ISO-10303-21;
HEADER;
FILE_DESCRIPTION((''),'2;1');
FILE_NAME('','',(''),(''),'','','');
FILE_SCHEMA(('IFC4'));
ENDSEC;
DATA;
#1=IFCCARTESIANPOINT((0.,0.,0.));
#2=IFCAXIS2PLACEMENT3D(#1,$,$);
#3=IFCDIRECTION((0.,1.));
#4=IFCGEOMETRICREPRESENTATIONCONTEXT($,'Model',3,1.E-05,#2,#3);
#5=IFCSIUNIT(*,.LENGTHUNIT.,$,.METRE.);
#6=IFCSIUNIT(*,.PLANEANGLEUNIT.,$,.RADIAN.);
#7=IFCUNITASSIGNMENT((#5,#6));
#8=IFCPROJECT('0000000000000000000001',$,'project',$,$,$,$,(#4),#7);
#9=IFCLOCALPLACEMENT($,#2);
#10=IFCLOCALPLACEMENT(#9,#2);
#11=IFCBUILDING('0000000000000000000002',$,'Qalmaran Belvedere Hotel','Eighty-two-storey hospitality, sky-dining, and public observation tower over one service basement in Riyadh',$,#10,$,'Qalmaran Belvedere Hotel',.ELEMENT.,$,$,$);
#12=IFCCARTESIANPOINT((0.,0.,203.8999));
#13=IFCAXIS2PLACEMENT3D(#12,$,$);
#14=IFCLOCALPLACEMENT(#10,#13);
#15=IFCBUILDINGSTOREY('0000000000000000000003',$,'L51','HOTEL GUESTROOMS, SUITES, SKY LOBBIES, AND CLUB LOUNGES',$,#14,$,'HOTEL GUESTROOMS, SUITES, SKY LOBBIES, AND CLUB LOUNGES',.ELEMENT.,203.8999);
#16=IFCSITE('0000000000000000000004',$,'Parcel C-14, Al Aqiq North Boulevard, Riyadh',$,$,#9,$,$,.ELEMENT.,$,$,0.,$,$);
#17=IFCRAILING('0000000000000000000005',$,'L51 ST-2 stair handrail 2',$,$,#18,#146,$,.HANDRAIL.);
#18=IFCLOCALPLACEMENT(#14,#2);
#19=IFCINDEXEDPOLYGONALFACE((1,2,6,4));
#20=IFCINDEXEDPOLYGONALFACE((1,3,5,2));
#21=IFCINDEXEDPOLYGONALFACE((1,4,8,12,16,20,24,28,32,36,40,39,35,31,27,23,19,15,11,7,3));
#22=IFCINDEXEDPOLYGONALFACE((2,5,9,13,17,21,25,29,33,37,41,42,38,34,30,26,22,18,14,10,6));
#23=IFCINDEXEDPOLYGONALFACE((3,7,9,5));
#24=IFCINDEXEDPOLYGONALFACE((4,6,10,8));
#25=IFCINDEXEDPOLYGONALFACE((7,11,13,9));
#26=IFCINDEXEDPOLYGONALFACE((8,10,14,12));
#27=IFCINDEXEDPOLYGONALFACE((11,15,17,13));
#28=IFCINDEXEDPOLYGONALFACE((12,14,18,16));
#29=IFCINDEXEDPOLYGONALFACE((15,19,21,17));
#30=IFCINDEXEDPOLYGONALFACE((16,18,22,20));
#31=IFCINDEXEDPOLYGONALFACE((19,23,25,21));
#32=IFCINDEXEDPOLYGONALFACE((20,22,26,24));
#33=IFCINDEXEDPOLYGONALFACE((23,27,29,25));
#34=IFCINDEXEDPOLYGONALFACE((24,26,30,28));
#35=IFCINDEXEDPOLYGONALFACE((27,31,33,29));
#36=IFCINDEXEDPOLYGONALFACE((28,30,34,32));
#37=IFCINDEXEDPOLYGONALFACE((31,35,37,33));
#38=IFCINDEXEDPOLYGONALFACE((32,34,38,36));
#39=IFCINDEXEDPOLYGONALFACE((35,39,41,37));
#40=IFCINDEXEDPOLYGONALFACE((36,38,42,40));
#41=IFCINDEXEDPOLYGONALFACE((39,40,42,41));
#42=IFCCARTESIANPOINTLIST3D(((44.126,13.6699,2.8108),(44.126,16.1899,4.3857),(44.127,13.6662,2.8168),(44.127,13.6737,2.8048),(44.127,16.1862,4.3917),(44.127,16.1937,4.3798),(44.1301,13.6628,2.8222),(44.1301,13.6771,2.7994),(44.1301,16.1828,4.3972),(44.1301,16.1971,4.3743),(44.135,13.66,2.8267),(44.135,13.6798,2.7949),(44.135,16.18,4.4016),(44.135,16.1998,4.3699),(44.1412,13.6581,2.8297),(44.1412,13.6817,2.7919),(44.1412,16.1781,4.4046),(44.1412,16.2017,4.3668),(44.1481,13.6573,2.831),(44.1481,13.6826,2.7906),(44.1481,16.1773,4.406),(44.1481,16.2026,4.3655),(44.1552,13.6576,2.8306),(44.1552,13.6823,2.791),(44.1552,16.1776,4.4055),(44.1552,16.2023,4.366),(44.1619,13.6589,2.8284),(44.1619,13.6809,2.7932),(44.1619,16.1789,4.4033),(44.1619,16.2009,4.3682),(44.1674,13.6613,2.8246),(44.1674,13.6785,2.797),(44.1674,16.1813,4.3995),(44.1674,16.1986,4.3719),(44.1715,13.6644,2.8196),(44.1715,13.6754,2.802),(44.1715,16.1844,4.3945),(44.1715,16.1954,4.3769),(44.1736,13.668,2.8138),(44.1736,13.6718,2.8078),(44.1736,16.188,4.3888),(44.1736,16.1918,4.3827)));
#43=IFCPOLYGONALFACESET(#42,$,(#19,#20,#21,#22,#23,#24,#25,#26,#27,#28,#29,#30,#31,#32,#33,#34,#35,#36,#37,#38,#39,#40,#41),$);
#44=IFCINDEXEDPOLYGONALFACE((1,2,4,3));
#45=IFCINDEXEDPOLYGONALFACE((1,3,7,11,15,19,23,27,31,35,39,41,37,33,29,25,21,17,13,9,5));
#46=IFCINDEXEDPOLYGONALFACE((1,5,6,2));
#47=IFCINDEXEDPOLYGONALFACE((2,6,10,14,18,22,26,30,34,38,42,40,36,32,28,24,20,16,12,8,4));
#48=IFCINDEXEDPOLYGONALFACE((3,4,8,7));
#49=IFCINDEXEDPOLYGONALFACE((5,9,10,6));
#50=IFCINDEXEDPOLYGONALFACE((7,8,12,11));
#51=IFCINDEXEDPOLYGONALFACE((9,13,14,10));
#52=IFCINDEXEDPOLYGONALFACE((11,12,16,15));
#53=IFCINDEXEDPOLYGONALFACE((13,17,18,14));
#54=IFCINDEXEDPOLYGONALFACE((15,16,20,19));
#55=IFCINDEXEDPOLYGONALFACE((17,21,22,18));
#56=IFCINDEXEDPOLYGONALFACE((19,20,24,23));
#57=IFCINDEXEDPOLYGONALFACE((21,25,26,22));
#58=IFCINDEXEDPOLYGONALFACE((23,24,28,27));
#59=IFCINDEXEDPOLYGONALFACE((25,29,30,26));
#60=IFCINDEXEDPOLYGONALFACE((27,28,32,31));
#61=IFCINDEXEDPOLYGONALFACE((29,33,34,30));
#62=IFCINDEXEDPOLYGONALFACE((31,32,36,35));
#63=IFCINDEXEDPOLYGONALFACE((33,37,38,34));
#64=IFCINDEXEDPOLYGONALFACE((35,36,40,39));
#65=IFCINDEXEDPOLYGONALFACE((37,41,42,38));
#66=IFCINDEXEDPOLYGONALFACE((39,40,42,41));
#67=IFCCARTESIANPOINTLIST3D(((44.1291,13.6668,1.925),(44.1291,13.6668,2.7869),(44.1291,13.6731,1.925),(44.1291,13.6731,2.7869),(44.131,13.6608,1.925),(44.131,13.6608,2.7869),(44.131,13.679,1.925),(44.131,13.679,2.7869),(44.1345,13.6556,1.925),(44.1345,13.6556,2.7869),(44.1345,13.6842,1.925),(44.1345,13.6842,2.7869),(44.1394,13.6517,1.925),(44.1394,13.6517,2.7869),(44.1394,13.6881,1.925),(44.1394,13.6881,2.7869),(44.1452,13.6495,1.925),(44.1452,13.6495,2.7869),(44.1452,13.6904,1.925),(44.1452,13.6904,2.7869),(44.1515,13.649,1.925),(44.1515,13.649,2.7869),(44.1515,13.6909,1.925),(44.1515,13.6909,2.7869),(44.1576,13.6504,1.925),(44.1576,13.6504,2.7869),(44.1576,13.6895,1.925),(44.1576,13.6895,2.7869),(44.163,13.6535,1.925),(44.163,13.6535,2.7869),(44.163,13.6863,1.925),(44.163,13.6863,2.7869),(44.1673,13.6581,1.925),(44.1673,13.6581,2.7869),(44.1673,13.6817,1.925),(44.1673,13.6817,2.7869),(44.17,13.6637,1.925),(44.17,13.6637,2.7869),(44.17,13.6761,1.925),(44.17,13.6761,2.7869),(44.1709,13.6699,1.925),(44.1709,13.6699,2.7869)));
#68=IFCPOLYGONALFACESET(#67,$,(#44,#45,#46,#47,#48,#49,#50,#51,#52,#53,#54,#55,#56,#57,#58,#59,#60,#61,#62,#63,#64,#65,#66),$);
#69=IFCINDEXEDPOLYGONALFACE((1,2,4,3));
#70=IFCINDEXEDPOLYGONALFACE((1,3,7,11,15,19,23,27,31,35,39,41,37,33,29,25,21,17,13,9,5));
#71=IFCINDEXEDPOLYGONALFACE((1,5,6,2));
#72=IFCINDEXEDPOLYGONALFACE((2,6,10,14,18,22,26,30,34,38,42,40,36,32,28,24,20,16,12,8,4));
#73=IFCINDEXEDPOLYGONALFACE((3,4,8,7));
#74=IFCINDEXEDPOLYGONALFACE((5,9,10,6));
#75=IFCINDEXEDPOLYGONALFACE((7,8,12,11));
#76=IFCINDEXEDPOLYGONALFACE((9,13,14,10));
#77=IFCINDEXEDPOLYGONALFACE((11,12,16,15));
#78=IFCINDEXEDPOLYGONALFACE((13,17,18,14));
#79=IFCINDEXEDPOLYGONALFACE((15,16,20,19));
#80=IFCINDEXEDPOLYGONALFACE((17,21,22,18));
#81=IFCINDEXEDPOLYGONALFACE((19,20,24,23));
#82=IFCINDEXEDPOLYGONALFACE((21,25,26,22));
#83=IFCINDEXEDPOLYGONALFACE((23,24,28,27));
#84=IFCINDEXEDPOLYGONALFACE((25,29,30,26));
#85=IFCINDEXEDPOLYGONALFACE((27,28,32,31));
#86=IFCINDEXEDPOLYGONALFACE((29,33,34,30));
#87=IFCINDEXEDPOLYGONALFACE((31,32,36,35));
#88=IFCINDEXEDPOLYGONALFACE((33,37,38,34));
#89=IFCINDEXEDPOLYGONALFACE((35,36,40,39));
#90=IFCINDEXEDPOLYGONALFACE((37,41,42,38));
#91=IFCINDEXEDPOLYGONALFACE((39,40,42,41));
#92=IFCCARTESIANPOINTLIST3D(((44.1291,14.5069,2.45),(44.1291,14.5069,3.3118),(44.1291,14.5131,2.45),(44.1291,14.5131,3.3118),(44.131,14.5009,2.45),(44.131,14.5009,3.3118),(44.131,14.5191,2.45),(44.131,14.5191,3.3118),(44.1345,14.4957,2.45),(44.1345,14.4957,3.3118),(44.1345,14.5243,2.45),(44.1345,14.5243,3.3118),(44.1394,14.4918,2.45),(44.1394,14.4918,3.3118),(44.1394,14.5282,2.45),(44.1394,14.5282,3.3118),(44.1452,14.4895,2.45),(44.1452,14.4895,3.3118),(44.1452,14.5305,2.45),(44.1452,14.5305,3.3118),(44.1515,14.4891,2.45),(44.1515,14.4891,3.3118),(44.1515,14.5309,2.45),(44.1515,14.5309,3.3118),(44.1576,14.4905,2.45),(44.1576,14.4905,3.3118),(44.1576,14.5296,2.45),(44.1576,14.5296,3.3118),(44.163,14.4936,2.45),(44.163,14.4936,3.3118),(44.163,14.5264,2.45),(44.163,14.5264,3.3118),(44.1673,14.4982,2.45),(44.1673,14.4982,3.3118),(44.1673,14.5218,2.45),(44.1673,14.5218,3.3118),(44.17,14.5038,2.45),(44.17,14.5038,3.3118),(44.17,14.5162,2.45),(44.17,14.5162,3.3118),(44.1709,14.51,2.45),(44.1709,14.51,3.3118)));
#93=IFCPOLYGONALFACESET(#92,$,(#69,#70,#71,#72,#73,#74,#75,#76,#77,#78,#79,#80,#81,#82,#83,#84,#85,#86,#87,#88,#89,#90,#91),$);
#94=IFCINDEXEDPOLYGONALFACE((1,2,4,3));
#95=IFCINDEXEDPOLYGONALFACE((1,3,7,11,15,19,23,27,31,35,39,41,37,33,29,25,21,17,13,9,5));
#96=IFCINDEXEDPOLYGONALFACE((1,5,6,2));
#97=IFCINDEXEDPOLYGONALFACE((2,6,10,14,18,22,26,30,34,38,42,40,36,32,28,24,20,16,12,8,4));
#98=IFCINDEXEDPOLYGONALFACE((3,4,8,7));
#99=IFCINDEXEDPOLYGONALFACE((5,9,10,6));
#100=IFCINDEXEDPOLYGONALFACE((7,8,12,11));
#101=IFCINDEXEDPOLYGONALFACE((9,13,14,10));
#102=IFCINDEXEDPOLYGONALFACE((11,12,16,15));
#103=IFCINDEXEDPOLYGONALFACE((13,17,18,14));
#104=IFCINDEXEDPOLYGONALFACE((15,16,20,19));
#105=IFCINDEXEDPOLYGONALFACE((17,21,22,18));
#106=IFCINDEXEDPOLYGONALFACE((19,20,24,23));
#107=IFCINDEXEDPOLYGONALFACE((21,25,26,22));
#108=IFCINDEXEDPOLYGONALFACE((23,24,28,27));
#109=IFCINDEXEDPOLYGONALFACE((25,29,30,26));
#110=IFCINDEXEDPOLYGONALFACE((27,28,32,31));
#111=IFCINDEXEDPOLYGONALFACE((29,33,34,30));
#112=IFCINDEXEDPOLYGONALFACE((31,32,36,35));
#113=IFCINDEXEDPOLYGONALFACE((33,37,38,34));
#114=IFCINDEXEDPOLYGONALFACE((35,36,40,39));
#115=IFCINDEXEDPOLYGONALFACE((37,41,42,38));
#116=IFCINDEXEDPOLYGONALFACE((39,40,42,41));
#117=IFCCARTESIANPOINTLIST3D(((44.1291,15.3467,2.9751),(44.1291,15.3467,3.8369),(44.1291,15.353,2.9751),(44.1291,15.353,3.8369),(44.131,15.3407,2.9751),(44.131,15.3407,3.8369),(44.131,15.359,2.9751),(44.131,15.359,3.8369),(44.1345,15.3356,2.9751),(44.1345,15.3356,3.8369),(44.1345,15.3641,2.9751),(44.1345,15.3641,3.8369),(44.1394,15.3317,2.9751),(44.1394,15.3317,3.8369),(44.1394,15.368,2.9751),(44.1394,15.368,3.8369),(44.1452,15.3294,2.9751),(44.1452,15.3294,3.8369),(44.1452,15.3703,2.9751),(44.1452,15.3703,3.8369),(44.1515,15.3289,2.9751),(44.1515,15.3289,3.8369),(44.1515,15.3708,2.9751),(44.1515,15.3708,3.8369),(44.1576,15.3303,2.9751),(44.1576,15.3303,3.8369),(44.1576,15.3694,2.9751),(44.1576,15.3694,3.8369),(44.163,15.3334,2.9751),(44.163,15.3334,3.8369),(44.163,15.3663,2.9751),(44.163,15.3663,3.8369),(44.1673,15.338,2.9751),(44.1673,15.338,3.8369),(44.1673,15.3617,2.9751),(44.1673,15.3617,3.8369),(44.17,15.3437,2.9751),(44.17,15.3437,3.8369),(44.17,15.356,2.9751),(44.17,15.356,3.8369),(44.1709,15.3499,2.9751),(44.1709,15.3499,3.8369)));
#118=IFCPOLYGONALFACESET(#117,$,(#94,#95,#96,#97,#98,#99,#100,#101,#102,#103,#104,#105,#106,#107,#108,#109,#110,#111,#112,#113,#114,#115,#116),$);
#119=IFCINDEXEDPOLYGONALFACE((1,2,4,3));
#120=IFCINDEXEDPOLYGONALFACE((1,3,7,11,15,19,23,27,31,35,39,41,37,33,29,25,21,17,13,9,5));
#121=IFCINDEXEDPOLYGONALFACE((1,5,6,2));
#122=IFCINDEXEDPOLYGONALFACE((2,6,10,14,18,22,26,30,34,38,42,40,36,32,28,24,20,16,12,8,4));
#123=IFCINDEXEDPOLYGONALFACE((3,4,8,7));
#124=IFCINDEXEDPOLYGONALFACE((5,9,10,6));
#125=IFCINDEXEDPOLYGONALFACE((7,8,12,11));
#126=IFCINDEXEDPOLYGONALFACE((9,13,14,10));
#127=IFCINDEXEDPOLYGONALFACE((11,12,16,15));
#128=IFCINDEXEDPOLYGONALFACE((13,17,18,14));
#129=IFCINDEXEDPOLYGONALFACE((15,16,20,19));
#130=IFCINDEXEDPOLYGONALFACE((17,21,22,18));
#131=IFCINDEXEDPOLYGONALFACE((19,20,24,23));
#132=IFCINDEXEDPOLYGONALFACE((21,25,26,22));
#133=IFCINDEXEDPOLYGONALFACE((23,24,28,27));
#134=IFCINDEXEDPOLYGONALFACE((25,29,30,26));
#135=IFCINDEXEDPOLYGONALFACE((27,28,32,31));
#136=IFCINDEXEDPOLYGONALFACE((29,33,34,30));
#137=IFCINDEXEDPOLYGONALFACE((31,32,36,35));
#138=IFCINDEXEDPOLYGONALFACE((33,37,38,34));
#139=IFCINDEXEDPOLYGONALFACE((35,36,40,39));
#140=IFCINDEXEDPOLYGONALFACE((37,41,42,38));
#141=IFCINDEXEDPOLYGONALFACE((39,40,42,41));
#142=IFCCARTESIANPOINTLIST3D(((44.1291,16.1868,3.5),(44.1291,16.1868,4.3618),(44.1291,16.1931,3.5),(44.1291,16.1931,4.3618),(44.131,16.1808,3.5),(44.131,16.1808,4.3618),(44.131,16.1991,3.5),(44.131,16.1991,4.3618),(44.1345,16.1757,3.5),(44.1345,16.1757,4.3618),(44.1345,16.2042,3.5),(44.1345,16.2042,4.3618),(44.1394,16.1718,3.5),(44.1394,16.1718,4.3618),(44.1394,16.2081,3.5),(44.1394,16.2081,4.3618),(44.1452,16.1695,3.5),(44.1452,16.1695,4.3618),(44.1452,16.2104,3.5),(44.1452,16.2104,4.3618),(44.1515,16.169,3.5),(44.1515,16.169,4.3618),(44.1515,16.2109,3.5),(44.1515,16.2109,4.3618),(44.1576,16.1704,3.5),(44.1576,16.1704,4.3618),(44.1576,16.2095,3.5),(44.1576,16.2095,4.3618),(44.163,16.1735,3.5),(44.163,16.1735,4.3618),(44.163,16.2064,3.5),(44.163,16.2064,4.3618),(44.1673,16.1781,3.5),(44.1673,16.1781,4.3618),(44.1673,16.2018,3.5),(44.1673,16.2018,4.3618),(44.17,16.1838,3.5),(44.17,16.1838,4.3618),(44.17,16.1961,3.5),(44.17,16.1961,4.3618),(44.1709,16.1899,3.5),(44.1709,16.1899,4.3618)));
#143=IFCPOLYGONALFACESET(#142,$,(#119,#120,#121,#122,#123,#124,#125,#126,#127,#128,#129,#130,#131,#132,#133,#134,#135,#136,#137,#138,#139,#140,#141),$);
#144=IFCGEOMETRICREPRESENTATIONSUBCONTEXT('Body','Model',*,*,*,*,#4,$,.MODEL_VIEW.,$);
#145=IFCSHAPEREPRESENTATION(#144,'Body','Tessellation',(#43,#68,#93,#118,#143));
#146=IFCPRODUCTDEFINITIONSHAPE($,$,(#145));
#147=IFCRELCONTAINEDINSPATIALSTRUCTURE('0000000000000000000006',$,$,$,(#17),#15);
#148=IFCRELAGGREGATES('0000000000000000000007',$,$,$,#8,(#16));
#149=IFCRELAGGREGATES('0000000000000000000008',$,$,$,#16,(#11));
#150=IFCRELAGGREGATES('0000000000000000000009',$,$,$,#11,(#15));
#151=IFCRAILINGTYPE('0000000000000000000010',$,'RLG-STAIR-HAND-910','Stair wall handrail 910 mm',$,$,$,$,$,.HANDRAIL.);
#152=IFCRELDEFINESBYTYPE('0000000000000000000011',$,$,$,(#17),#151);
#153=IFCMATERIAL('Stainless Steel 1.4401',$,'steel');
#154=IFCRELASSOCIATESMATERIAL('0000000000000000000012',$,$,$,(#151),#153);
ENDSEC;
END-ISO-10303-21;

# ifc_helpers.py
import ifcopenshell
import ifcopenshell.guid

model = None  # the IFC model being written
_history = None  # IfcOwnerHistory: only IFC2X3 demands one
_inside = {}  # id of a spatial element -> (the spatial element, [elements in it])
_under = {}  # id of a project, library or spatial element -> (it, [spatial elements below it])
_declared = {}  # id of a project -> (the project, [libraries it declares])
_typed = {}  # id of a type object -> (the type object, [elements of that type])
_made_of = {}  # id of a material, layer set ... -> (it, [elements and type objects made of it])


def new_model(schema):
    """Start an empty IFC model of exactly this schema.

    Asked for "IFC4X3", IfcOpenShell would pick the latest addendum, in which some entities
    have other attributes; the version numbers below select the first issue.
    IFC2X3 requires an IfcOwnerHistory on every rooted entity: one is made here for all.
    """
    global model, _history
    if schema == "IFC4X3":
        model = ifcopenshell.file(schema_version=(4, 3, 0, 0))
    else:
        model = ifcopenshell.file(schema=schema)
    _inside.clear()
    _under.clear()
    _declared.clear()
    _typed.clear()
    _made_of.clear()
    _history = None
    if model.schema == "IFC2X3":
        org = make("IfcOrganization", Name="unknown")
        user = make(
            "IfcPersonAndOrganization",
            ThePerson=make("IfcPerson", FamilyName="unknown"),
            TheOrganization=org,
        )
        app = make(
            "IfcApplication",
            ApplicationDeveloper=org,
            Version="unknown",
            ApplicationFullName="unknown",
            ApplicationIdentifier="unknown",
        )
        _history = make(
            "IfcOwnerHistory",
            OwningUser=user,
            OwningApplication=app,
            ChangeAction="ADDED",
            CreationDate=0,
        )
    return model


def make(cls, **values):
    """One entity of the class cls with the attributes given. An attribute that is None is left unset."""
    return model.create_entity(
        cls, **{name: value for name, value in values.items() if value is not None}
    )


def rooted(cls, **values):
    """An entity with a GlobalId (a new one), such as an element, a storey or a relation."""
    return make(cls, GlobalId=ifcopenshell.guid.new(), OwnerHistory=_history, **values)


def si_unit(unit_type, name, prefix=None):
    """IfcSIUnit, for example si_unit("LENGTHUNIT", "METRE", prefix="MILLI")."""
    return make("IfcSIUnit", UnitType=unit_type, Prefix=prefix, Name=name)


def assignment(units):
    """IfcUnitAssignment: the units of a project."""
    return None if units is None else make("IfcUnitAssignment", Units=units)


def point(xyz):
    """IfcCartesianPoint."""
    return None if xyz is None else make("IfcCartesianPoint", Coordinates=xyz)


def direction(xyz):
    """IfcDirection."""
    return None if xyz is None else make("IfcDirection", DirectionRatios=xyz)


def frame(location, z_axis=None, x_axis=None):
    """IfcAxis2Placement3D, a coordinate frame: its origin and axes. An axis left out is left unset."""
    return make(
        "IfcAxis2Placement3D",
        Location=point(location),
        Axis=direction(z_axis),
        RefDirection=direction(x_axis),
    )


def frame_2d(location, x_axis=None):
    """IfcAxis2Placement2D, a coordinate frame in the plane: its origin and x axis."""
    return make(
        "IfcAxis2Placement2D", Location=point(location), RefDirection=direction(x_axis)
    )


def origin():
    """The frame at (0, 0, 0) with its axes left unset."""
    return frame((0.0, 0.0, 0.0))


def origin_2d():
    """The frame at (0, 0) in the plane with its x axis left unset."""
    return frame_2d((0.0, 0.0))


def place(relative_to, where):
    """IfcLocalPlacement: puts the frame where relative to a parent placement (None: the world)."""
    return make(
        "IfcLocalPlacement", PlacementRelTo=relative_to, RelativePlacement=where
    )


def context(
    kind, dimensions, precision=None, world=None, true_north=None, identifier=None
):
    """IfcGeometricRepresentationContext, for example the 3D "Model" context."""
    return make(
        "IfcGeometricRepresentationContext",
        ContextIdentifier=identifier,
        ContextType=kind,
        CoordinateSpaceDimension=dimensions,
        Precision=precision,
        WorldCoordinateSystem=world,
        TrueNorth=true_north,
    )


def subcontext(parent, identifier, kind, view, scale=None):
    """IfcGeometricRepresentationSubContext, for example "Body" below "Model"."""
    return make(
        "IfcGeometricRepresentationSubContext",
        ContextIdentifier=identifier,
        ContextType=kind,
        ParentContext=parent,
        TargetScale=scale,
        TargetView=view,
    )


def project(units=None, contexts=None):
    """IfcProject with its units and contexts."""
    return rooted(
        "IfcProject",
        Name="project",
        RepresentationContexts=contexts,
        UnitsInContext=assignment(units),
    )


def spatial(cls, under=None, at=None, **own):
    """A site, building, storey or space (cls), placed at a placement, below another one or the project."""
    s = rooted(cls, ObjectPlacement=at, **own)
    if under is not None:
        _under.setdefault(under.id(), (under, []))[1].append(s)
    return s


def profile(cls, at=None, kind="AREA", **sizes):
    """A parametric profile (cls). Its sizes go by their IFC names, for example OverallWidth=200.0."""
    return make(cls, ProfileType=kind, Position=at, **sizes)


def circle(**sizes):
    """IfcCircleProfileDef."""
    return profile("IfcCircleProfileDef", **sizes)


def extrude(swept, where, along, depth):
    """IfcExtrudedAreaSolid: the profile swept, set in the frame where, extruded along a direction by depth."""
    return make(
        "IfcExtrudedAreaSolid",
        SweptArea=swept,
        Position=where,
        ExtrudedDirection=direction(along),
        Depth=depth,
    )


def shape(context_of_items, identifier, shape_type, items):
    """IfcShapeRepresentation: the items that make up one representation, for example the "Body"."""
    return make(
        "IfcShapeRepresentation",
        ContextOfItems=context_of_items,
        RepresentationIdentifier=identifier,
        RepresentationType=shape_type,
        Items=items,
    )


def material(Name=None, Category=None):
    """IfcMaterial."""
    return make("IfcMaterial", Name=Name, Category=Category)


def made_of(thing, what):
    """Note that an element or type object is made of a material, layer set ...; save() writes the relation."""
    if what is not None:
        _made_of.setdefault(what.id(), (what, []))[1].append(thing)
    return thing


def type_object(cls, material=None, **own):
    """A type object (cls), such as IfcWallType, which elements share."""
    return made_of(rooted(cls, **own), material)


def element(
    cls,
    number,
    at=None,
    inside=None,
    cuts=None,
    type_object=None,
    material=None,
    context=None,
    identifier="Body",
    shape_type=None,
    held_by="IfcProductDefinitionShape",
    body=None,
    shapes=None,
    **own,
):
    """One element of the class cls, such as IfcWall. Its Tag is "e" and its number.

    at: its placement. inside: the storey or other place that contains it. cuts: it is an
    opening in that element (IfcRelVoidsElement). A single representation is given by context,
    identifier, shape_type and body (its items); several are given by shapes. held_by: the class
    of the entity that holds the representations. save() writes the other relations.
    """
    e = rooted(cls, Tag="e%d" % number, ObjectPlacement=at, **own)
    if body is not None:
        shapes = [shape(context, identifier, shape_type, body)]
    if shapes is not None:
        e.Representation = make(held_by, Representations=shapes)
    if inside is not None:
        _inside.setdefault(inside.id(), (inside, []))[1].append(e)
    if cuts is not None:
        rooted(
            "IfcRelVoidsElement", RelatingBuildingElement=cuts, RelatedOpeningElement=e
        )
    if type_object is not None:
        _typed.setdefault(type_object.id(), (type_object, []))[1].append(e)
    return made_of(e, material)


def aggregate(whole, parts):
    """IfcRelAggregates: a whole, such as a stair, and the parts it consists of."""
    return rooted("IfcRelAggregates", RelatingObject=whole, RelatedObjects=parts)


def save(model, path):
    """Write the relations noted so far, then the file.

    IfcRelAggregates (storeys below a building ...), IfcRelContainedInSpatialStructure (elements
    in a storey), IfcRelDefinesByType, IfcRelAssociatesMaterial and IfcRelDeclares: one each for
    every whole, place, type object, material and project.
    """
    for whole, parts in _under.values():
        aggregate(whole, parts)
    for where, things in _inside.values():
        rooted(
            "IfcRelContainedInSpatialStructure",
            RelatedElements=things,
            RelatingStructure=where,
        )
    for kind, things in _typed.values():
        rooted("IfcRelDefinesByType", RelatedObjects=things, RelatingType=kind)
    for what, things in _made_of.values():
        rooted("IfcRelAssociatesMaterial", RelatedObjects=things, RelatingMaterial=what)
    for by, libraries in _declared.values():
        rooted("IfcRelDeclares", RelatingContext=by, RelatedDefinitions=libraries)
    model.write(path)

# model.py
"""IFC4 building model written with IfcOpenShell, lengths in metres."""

from ifc_helpers import new_model, si_unit, direction, frame, origin, origin_2d, place, context, subcontext, project, spatial, circle, extrude, material, type_object, element, save


model = new_model("IFC4")

# Units and contexts
model_context = context("Model", 3, precision=1e-05, world=origin(), true_north=direction((0.0, 1.0)))
body_context = subcontext(model_context, "Body", "Model", "MODEL_VIEW")
ifc_project = project(units=[si_unit("LENGTHUNIT", "METRE"), si_unit("PLANEANGLEUNIT", "RADIAN")], contexts=[model_context])

# Site, building, storey
site_placement = place(None, origin())
site = spatial("IfcSite", under=ifc_project, at=site_placement, Name="Parcel C-14, Al Aqiq North Boulevard, Riyadh", CompositionType="ELEMENT", RefElevation=0.0)
building_placement = place(site_placement, origin())
building = spatial("IfcBuilding", under=site, at=building_placement, Name="Qalmaran Belvedere Hotel", Description="Eighty-two-storey hospitality, sky-dining, and public observation tower over one service basement in Riyadh", LongName="Qalmaran Belvedere Hotel", CompositionType="ELEMENT")
storey_placement = place(building_placement, frame((0.0, 0.0, 203.8999)))
storey = spatial("IfcBuildingStorey", under=building, at=storey_placement, Name="L51", Description="HOTEL GUESTROOMS, SUITES, SKY LOBBIES, AND CLUB LOUNGES", LongName="HOTEL GUESTROOMS, SUITES, SKY LOBBIES, AND CLUB LOUNGES", CompositionType="ELEMENT", Elevation=203.8999)

# Railing
ifc_material_1 = material(Name="Stainless Steel 1.4401", Category="steel")
railing_type_1 = type_object("IfcRailingType", Name="RLG-STAIR-HAND-910", Description="Stair wall handrail 910 mm", PredefinedType="HANDRAIL", material=ifc_material_1)
railing_1_placement = place(storey_placement, frame((44.1499, 13.6699, 1.925)))
element("IfcRailing", 1, at=railing_1_placement, inside=storey, type_object=railing_type_1, Name="L51 ST-2 stair handrail 2", PredefinedType="HANDRAIL", context=body_context, shape_type="SweptSolid", body=[
    extrude(circle(Radius=0.0239, at=origin_2d()), frame((0.0, 0.0, 0.8857), z_axis=(0.0, 0.848008, 0.529984), x_axis=(-1.0, 0.0, 0.0)), (0.0, 0.0, 1.0), 2.9717),
    extrude(circle(Radius=0.021, at=origin_2d()), origin(), (0.0, 0.0, 1.0), 0.8618),
    extrude(circle(Radius=0.021, at=origin_2d()), frame((0.0, 0.8401, 0.5249)), (0.0, 0.0, 1.0), 0.8618),
    extrude(circle(Radius=0.021, at=origin_2d()), frame((0.0, 1.6799, 1.05)), (0.0, 0.0, 1.0), 0.8618),
    extrude(circle(Radius=0.021, at=origin_2d()), frame((0.0, 2.52, 1.575)), (0.0, 0.0, 1.0), 0.8618),
])

save(model, "model.ifc")
